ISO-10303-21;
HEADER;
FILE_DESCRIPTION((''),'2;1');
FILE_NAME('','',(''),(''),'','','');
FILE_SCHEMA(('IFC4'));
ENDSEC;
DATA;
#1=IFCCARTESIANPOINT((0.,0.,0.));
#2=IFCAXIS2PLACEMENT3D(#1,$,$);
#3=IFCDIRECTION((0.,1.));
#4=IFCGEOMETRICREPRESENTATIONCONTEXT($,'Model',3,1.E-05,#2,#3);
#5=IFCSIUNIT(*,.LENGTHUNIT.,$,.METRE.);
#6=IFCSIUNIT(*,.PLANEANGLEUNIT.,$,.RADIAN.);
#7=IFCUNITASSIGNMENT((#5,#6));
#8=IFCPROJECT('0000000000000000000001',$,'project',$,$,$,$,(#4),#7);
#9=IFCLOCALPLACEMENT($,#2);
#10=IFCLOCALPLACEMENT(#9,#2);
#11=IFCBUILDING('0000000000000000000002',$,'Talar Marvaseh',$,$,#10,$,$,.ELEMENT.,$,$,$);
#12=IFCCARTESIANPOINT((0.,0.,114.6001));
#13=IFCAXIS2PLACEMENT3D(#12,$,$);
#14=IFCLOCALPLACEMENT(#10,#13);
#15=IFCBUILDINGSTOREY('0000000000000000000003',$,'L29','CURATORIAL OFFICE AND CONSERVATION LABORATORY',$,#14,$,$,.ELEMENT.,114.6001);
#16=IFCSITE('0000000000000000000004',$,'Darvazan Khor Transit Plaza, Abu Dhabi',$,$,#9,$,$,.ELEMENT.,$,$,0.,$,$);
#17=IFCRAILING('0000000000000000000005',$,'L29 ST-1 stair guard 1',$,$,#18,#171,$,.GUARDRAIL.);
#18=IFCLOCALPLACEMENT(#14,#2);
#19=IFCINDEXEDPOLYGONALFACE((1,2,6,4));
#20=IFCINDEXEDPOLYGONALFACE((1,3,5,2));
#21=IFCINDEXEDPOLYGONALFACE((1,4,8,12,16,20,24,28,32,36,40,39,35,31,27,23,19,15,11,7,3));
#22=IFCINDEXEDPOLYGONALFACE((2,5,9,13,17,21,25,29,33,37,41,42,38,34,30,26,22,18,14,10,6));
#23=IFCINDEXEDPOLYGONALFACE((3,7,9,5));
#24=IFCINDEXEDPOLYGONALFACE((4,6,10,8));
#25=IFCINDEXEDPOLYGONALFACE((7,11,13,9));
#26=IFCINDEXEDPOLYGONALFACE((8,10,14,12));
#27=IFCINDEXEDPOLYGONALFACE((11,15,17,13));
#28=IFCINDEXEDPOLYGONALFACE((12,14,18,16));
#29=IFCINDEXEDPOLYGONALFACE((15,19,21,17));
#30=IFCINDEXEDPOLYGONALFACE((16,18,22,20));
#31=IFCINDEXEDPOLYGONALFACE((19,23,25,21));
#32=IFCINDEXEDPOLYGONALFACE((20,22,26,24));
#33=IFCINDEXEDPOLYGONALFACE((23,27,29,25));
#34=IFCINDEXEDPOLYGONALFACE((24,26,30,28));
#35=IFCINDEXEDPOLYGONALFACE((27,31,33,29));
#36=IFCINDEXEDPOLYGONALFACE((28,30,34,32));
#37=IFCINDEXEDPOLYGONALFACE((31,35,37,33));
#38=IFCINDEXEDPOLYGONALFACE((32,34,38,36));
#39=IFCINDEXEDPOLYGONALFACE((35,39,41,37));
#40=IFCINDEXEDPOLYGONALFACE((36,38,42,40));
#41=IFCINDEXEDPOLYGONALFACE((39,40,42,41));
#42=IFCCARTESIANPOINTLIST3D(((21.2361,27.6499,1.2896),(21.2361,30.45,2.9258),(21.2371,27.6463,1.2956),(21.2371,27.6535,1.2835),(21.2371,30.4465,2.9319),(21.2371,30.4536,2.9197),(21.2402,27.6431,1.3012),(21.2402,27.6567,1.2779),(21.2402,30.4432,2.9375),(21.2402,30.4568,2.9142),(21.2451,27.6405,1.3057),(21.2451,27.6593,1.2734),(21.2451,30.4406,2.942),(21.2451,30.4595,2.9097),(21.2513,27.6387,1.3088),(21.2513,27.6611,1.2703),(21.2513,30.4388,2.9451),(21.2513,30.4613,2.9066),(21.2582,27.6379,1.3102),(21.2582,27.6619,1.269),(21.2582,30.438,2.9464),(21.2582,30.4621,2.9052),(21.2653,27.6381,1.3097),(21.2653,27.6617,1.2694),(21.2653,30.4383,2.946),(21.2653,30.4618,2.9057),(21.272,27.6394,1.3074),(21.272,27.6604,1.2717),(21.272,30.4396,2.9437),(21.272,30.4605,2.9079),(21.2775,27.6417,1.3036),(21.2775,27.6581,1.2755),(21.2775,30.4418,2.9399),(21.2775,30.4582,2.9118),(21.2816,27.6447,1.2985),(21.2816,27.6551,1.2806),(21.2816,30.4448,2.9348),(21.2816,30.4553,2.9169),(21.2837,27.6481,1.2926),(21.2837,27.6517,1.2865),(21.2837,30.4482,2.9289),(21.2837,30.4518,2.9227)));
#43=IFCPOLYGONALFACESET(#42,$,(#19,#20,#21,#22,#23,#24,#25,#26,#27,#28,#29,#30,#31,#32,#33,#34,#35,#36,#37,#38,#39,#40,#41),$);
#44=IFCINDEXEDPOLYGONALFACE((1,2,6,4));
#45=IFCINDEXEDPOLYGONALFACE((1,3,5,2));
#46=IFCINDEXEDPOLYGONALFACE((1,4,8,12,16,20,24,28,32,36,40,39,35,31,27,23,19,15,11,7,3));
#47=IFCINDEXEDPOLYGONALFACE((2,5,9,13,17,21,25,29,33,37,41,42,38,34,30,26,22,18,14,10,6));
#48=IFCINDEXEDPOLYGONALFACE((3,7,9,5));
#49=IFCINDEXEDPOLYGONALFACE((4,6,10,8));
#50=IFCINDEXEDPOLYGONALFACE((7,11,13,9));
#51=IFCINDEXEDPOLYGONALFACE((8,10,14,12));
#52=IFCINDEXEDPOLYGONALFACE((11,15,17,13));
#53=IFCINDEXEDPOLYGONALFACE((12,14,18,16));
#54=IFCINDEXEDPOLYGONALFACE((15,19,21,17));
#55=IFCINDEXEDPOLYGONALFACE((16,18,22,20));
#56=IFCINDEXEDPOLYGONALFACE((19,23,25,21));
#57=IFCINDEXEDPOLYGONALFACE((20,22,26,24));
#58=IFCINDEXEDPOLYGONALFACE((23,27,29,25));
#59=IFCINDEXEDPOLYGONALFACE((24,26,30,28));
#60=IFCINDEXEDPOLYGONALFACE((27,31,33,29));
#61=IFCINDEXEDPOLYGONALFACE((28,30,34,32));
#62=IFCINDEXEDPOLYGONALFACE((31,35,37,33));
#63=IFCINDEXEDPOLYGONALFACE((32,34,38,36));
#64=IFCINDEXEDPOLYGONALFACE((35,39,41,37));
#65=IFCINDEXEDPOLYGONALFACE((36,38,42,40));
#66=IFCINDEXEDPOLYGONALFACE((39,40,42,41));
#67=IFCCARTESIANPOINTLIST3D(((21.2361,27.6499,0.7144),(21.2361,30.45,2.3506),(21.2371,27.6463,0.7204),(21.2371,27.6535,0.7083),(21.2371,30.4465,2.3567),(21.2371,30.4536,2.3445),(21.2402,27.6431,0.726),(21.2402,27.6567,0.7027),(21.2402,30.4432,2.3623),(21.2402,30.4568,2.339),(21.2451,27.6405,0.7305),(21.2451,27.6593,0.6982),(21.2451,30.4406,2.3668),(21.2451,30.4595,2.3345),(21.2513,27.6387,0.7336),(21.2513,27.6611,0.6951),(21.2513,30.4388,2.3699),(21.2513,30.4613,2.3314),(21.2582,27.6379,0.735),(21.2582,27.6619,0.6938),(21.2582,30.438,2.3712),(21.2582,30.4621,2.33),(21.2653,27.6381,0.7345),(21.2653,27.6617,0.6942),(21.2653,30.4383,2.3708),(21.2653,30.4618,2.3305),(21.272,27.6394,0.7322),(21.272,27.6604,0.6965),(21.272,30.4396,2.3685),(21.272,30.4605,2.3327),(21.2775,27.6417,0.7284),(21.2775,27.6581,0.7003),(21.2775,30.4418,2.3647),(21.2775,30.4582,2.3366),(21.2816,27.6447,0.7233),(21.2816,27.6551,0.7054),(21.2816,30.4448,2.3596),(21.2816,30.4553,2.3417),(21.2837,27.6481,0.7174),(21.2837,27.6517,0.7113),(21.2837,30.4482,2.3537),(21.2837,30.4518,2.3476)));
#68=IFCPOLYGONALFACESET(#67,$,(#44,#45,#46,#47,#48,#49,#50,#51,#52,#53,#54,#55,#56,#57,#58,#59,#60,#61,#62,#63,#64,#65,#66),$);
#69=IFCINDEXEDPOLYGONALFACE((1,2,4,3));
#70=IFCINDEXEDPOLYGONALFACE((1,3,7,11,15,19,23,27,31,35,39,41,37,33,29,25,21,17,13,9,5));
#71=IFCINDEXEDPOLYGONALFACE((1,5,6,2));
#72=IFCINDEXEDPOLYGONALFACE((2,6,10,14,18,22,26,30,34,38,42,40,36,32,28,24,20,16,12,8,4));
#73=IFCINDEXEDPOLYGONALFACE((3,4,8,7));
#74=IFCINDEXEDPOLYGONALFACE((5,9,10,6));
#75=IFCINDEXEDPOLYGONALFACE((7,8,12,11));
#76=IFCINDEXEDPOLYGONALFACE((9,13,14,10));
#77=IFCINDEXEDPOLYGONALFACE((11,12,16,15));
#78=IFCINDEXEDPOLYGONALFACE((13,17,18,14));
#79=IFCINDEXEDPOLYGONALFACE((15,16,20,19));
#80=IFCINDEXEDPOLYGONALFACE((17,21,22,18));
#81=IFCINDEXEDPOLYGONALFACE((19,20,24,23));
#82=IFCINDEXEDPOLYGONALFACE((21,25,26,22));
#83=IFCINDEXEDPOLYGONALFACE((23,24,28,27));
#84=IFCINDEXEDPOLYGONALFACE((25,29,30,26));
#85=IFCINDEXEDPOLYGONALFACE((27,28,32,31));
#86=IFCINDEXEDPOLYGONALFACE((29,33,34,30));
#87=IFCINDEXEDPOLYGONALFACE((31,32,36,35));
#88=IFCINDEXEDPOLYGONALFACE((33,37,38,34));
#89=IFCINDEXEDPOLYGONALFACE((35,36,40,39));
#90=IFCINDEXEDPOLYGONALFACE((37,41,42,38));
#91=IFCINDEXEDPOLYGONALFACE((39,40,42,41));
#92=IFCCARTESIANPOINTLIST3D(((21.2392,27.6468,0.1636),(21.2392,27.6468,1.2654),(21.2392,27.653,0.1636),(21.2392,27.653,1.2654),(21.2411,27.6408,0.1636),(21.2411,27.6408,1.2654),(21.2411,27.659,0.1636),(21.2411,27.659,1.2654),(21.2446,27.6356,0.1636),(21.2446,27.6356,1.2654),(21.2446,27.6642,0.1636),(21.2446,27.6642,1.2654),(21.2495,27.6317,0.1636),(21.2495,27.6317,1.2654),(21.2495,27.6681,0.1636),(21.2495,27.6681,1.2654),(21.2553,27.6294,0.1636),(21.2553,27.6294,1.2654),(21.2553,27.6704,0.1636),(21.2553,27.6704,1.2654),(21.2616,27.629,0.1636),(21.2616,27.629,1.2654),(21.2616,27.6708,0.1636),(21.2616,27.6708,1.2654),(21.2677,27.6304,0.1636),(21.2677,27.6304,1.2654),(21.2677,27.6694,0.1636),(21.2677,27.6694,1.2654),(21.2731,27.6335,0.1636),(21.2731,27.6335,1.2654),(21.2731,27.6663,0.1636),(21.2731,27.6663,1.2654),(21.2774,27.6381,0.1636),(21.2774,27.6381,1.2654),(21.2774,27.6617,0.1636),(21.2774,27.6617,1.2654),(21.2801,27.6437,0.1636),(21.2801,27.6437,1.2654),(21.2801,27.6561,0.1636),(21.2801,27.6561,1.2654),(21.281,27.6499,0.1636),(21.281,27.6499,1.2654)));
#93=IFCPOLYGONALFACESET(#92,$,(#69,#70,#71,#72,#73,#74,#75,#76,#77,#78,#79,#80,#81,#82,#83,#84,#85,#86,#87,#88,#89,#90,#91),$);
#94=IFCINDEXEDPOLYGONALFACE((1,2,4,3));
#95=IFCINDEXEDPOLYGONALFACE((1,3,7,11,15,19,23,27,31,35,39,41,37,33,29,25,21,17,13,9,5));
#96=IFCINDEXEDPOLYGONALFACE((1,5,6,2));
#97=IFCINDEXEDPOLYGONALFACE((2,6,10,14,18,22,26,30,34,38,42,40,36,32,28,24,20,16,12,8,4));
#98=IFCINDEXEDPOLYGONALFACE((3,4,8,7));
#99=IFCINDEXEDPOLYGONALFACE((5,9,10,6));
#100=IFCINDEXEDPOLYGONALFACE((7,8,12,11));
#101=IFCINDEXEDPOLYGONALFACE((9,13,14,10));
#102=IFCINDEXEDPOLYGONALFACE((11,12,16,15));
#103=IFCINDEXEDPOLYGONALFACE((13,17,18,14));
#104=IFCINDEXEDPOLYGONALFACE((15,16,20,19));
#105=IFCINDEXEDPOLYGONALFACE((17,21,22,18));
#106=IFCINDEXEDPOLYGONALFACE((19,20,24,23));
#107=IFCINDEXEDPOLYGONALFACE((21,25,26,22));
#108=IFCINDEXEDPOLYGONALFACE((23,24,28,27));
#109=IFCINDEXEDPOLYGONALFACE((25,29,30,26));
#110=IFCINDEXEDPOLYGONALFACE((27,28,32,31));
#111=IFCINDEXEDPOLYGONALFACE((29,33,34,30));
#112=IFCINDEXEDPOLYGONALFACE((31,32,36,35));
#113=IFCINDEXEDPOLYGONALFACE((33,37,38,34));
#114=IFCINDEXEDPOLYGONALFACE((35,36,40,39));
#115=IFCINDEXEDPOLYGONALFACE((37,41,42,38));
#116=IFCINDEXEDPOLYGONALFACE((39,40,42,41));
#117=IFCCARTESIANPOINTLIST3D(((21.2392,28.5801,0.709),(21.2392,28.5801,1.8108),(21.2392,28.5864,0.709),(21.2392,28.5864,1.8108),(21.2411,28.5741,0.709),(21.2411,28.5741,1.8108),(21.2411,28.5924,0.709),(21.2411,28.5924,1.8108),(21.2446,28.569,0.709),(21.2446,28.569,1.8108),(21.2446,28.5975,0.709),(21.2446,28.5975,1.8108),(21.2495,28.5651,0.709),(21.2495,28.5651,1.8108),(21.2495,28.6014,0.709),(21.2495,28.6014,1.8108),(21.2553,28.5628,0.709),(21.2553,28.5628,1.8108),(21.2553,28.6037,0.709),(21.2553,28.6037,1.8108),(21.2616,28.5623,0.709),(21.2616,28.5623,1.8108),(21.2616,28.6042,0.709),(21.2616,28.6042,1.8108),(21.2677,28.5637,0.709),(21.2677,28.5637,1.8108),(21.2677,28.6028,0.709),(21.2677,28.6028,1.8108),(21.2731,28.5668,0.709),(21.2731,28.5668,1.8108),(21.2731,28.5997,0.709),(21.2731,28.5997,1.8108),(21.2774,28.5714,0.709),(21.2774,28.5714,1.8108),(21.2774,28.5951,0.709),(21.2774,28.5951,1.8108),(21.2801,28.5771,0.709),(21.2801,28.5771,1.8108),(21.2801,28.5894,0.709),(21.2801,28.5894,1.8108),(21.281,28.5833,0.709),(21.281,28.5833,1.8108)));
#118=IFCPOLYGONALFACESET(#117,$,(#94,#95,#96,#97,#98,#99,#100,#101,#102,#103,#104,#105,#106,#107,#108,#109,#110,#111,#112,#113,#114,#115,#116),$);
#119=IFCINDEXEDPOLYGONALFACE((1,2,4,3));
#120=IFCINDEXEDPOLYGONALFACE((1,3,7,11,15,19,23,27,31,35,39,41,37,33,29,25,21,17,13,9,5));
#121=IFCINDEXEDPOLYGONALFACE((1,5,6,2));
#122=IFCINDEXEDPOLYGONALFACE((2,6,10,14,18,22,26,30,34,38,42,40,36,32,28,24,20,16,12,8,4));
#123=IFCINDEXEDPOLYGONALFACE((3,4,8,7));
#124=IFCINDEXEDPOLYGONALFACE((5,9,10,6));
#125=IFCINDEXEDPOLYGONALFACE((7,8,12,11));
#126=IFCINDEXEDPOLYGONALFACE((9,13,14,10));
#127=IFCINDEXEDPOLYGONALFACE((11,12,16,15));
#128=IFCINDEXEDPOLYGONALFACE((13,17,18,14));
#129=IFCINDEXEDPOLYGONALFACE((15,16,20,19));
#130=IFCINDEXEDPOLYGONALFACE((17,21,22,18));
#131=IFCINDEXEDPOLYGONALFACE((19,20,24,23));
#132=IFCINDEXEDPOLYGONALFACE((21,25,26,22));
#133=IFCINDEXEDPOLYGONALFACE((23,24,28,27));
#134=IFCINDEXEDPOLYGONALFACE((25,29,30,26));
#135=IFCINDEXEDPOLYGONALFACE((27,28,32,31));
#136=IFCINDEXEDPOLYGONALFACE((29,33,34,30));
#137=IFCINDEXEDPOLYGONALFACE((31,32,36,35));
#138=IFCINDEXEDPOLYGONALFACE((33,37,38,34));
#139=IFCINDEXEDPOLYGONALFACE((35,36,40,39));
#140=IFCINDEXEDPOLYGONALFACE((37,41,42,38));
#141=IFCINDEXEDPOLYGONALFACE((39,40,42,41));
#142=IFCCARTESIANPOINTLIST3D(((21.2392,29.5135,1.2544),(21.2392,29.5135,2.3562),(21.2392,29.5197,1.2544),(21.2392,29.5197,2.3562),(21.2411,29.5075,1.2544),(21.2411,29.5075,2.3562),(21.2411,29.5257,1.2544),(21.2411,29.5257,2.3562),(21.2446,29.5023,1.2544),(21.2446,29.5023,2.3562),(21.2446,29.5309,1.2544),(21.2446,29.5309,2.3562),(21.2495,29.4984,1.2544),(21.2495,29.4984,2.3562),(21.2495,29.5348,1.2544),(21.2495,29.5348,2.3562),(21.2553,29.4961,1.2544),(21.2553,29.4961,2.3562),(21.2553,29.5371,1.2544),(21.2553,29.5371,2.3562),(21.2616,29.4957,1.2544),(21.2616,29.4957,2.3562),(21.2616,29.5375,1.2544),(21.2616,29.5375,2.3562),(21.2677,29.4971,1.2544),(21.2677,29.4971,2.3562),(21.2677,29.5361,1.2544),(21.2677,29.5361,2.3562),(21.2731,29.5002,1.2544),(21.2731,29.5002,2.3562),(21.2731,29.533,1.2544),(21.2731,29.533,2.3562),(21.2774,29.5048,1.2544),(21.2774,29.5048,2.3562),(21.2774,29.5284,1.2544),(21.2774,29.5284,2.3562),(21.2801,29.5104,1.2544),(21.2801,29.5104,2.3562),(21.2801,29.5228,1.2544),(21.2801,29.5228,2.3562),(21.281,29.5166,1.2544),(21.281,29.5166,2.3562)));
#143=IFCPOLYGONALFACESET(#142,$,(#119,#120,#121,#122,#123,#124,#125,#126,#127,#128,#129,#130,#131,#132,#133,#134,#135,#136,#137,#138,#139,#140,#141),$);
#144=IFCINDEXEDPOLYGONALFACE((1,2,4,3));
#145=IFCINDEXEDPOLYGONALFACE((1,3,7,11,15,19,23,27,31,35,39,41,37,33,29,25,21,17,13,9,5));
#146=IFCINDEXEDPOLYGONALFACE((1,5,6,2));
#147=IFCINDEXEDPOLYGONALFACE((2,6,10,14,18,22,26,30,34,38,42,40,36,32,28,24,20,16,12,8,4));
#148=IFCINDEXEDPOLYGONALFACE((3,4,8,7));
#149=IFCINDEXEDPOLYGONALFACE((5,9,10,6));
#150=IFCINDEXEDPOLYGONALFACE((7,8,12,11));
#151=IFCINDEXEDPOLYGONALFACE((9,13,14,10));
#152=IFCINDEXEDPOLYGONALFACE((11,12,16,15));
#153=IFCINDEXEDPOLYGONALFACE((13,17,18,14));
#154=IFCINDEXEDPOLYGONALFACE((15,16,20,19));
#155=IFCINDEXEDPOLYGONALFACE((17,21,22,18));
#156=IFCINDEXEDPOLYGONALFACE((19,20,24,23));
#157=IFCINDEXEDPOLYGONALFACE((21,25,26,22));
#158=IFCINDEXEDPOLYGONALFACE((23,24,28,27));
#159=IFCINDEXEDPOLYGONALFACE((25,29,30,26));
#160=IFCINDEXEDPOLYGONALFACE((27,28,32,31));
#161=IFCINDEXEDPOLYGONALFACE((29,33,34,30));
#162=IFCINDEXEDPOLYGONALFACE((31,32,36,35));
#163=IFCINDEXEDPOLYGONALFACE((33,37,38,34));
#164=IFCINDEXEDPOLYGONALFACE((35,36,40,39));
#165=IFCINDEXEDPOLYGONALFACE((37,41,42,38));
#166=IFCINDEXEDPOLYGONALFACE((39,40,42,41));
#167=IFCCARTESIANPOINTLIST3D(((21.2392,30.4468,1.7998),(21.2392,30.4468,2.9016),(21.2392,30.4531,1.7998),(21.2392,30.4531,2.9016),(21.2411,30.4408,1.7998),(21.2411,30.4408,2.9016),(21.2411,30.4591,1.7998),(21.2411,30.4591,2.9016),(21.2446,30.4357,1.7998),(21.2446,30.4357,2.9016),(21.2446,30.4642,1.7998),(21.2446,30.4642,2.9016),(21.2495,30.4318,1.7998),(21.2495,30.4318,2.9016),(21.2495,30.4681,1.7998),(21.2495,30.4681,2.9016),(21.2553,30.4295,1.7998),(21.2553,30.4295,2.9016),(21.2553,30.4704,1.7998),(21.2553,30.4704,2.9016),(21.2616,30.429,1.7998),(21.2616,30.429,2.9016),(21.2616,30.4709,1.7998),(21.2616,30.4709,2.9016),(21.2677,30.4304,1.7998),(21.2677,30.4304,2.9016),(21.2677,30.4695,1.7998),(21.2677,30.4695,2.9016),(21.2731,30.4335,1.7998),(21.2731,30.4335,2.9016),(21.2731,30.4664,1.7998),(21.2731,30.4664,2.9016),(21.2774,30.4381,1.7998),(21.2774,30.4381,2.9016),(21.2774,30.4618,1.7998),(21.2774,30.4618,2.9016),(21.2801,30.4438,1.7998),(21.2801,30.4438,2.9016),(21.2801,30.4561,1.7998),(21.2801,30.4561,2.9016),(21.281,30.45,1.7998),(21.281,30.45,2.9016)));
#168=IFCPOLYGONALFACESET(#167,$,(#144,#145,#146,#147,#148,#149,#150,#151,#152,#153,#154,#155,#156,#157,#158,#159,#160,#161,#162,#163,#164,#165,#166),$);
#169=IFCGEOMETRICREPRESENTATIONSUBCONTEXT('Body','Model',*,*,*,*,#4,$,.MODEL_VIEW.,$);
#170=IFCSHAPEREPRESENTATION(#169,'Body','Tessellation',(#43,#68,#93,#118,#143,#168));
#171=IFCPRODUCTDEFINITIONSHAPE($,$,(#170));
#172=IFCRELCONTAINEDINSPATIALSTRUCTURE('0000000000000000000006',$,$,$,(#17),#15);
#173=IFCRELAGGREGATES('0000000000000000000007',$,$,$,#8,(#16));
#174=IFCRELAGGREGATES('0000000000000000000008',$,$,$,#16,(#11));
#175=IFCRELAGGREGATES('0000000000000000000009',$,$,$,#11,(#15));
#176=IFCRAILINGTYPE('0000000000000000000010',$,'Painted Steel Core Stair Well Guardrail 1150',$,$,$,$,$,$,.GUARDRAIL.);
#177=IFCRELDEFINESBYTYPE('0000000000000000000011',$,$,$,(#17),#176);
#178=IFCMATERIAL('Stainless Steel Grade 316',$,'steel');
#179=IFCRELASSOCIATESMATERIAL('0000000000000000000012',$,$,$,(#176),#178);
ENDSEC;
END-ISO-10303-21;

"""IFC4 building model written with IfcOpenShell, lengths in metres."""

from ifc_helpers import new_model, si_unit, direction, frame, origin, origin_2d, place, context, subcontext, project, spatial, circle, extrude, material, type_object, element, save


model = new_model("IFC4")

# Units and contexts
model_context = context("Model", 3, precision=1e-05, world=origin(), true_north=direction((0.0, 1.0)))
body_context = subcontext(model_context, "Body", "Model", "MODEL_VIEW")
ifc_project = project(units=[si_unit("LENGTHUNIT", "METRE"), si_unit("PLANEANGLEUNIT", "RADIAN")], contexts=[model_context])

# Site, building, storey
site_placement = place(None, origin())
site = spatial("IfcSite", under=ifc_project, at=site_placement, Name="Darvazan Khor Transit Plaza, Abu Dhabi", CompositionType="ELEMENT", RefElevation=0.0)
building_placement = place(site_placement, origin())
building = spatial("IfcBuilding", under=site, at=building_placement, Name="Talar Marvaseh", CompositionType="ELEMENT")
storey_placement = place(building_placement, frame((0.0, 0.0, 114.6001)))
storey = spatial("IfcBuildingStorey", under=building, at=storey_placement, Name="L29", Description="CURATORIAL OFFICE AND CONSERVATION LABORATORY", CompositionType="ELEMENT", Elevation=114.6001)

# Railing
ifc_material_1 = material(Name="Stainless Steel Grade 316", Category="steel")
railing_type_1 = type_object("IfcRailingType", Name="Painted Steel Core Stair Well Guardrail 1150", PredefinedType="GUARDRAIL", material=ifc_material_1)
railing_1_placement = place(storey_placement, frame((21.26, 27.6499, 0.1636)))
element("IfcRailing", 1, at=railing_1_placement, inside=storey, type_object=railing_type_1, Name="L29 ST-1 stair guard 1", PredefinedType="GUARDRAIL", context=body_context, shape_type="SweptSolid", body=[
    extrude(circle(Radius=0.0239, at=origin_2d()), frame((0.0, 0.0, 1.126), z_axis=(0.0, 0.863394, 0.504531), x_axis=(-1.0, 0.0, 0.0)), (0.0, 0.0, 1.0), 3.2432),
    extrude(circle(Radius=0.0239, at=origin_2d()), frame((0.0, 0.0, 0.5508), z_axis=(0.0, 0.863394, 0.504531), x_axis=(-1.0, 0.0, 0.0)), (0.0, 0.0, 1.0), 3.2432),
    extrude(circle(Radius=0.021, at=origin_2d()), origin(), (0.0, 0.0, 1.0), 1.1018),
    extrude(circle(Radius=0.021, at=origin_2d()), frame((0.0, 0.9333, 0.5454)), (0.0, 0.0, 1.0), 1.1018),
    extrude(circle(Radius=0.021, at=origin_2d()), frame((0.0, 1.8667, 1.0908)), (0.0, 0.0, 1.0), 1.1018),
    extrude(circle(Radius=0.021, at=origin_2d()), frame((0.0, 2.8, 1.6362)), (0.0, 0.0, 1.0), 1.1018),
])

save(model, "model.ifc")
